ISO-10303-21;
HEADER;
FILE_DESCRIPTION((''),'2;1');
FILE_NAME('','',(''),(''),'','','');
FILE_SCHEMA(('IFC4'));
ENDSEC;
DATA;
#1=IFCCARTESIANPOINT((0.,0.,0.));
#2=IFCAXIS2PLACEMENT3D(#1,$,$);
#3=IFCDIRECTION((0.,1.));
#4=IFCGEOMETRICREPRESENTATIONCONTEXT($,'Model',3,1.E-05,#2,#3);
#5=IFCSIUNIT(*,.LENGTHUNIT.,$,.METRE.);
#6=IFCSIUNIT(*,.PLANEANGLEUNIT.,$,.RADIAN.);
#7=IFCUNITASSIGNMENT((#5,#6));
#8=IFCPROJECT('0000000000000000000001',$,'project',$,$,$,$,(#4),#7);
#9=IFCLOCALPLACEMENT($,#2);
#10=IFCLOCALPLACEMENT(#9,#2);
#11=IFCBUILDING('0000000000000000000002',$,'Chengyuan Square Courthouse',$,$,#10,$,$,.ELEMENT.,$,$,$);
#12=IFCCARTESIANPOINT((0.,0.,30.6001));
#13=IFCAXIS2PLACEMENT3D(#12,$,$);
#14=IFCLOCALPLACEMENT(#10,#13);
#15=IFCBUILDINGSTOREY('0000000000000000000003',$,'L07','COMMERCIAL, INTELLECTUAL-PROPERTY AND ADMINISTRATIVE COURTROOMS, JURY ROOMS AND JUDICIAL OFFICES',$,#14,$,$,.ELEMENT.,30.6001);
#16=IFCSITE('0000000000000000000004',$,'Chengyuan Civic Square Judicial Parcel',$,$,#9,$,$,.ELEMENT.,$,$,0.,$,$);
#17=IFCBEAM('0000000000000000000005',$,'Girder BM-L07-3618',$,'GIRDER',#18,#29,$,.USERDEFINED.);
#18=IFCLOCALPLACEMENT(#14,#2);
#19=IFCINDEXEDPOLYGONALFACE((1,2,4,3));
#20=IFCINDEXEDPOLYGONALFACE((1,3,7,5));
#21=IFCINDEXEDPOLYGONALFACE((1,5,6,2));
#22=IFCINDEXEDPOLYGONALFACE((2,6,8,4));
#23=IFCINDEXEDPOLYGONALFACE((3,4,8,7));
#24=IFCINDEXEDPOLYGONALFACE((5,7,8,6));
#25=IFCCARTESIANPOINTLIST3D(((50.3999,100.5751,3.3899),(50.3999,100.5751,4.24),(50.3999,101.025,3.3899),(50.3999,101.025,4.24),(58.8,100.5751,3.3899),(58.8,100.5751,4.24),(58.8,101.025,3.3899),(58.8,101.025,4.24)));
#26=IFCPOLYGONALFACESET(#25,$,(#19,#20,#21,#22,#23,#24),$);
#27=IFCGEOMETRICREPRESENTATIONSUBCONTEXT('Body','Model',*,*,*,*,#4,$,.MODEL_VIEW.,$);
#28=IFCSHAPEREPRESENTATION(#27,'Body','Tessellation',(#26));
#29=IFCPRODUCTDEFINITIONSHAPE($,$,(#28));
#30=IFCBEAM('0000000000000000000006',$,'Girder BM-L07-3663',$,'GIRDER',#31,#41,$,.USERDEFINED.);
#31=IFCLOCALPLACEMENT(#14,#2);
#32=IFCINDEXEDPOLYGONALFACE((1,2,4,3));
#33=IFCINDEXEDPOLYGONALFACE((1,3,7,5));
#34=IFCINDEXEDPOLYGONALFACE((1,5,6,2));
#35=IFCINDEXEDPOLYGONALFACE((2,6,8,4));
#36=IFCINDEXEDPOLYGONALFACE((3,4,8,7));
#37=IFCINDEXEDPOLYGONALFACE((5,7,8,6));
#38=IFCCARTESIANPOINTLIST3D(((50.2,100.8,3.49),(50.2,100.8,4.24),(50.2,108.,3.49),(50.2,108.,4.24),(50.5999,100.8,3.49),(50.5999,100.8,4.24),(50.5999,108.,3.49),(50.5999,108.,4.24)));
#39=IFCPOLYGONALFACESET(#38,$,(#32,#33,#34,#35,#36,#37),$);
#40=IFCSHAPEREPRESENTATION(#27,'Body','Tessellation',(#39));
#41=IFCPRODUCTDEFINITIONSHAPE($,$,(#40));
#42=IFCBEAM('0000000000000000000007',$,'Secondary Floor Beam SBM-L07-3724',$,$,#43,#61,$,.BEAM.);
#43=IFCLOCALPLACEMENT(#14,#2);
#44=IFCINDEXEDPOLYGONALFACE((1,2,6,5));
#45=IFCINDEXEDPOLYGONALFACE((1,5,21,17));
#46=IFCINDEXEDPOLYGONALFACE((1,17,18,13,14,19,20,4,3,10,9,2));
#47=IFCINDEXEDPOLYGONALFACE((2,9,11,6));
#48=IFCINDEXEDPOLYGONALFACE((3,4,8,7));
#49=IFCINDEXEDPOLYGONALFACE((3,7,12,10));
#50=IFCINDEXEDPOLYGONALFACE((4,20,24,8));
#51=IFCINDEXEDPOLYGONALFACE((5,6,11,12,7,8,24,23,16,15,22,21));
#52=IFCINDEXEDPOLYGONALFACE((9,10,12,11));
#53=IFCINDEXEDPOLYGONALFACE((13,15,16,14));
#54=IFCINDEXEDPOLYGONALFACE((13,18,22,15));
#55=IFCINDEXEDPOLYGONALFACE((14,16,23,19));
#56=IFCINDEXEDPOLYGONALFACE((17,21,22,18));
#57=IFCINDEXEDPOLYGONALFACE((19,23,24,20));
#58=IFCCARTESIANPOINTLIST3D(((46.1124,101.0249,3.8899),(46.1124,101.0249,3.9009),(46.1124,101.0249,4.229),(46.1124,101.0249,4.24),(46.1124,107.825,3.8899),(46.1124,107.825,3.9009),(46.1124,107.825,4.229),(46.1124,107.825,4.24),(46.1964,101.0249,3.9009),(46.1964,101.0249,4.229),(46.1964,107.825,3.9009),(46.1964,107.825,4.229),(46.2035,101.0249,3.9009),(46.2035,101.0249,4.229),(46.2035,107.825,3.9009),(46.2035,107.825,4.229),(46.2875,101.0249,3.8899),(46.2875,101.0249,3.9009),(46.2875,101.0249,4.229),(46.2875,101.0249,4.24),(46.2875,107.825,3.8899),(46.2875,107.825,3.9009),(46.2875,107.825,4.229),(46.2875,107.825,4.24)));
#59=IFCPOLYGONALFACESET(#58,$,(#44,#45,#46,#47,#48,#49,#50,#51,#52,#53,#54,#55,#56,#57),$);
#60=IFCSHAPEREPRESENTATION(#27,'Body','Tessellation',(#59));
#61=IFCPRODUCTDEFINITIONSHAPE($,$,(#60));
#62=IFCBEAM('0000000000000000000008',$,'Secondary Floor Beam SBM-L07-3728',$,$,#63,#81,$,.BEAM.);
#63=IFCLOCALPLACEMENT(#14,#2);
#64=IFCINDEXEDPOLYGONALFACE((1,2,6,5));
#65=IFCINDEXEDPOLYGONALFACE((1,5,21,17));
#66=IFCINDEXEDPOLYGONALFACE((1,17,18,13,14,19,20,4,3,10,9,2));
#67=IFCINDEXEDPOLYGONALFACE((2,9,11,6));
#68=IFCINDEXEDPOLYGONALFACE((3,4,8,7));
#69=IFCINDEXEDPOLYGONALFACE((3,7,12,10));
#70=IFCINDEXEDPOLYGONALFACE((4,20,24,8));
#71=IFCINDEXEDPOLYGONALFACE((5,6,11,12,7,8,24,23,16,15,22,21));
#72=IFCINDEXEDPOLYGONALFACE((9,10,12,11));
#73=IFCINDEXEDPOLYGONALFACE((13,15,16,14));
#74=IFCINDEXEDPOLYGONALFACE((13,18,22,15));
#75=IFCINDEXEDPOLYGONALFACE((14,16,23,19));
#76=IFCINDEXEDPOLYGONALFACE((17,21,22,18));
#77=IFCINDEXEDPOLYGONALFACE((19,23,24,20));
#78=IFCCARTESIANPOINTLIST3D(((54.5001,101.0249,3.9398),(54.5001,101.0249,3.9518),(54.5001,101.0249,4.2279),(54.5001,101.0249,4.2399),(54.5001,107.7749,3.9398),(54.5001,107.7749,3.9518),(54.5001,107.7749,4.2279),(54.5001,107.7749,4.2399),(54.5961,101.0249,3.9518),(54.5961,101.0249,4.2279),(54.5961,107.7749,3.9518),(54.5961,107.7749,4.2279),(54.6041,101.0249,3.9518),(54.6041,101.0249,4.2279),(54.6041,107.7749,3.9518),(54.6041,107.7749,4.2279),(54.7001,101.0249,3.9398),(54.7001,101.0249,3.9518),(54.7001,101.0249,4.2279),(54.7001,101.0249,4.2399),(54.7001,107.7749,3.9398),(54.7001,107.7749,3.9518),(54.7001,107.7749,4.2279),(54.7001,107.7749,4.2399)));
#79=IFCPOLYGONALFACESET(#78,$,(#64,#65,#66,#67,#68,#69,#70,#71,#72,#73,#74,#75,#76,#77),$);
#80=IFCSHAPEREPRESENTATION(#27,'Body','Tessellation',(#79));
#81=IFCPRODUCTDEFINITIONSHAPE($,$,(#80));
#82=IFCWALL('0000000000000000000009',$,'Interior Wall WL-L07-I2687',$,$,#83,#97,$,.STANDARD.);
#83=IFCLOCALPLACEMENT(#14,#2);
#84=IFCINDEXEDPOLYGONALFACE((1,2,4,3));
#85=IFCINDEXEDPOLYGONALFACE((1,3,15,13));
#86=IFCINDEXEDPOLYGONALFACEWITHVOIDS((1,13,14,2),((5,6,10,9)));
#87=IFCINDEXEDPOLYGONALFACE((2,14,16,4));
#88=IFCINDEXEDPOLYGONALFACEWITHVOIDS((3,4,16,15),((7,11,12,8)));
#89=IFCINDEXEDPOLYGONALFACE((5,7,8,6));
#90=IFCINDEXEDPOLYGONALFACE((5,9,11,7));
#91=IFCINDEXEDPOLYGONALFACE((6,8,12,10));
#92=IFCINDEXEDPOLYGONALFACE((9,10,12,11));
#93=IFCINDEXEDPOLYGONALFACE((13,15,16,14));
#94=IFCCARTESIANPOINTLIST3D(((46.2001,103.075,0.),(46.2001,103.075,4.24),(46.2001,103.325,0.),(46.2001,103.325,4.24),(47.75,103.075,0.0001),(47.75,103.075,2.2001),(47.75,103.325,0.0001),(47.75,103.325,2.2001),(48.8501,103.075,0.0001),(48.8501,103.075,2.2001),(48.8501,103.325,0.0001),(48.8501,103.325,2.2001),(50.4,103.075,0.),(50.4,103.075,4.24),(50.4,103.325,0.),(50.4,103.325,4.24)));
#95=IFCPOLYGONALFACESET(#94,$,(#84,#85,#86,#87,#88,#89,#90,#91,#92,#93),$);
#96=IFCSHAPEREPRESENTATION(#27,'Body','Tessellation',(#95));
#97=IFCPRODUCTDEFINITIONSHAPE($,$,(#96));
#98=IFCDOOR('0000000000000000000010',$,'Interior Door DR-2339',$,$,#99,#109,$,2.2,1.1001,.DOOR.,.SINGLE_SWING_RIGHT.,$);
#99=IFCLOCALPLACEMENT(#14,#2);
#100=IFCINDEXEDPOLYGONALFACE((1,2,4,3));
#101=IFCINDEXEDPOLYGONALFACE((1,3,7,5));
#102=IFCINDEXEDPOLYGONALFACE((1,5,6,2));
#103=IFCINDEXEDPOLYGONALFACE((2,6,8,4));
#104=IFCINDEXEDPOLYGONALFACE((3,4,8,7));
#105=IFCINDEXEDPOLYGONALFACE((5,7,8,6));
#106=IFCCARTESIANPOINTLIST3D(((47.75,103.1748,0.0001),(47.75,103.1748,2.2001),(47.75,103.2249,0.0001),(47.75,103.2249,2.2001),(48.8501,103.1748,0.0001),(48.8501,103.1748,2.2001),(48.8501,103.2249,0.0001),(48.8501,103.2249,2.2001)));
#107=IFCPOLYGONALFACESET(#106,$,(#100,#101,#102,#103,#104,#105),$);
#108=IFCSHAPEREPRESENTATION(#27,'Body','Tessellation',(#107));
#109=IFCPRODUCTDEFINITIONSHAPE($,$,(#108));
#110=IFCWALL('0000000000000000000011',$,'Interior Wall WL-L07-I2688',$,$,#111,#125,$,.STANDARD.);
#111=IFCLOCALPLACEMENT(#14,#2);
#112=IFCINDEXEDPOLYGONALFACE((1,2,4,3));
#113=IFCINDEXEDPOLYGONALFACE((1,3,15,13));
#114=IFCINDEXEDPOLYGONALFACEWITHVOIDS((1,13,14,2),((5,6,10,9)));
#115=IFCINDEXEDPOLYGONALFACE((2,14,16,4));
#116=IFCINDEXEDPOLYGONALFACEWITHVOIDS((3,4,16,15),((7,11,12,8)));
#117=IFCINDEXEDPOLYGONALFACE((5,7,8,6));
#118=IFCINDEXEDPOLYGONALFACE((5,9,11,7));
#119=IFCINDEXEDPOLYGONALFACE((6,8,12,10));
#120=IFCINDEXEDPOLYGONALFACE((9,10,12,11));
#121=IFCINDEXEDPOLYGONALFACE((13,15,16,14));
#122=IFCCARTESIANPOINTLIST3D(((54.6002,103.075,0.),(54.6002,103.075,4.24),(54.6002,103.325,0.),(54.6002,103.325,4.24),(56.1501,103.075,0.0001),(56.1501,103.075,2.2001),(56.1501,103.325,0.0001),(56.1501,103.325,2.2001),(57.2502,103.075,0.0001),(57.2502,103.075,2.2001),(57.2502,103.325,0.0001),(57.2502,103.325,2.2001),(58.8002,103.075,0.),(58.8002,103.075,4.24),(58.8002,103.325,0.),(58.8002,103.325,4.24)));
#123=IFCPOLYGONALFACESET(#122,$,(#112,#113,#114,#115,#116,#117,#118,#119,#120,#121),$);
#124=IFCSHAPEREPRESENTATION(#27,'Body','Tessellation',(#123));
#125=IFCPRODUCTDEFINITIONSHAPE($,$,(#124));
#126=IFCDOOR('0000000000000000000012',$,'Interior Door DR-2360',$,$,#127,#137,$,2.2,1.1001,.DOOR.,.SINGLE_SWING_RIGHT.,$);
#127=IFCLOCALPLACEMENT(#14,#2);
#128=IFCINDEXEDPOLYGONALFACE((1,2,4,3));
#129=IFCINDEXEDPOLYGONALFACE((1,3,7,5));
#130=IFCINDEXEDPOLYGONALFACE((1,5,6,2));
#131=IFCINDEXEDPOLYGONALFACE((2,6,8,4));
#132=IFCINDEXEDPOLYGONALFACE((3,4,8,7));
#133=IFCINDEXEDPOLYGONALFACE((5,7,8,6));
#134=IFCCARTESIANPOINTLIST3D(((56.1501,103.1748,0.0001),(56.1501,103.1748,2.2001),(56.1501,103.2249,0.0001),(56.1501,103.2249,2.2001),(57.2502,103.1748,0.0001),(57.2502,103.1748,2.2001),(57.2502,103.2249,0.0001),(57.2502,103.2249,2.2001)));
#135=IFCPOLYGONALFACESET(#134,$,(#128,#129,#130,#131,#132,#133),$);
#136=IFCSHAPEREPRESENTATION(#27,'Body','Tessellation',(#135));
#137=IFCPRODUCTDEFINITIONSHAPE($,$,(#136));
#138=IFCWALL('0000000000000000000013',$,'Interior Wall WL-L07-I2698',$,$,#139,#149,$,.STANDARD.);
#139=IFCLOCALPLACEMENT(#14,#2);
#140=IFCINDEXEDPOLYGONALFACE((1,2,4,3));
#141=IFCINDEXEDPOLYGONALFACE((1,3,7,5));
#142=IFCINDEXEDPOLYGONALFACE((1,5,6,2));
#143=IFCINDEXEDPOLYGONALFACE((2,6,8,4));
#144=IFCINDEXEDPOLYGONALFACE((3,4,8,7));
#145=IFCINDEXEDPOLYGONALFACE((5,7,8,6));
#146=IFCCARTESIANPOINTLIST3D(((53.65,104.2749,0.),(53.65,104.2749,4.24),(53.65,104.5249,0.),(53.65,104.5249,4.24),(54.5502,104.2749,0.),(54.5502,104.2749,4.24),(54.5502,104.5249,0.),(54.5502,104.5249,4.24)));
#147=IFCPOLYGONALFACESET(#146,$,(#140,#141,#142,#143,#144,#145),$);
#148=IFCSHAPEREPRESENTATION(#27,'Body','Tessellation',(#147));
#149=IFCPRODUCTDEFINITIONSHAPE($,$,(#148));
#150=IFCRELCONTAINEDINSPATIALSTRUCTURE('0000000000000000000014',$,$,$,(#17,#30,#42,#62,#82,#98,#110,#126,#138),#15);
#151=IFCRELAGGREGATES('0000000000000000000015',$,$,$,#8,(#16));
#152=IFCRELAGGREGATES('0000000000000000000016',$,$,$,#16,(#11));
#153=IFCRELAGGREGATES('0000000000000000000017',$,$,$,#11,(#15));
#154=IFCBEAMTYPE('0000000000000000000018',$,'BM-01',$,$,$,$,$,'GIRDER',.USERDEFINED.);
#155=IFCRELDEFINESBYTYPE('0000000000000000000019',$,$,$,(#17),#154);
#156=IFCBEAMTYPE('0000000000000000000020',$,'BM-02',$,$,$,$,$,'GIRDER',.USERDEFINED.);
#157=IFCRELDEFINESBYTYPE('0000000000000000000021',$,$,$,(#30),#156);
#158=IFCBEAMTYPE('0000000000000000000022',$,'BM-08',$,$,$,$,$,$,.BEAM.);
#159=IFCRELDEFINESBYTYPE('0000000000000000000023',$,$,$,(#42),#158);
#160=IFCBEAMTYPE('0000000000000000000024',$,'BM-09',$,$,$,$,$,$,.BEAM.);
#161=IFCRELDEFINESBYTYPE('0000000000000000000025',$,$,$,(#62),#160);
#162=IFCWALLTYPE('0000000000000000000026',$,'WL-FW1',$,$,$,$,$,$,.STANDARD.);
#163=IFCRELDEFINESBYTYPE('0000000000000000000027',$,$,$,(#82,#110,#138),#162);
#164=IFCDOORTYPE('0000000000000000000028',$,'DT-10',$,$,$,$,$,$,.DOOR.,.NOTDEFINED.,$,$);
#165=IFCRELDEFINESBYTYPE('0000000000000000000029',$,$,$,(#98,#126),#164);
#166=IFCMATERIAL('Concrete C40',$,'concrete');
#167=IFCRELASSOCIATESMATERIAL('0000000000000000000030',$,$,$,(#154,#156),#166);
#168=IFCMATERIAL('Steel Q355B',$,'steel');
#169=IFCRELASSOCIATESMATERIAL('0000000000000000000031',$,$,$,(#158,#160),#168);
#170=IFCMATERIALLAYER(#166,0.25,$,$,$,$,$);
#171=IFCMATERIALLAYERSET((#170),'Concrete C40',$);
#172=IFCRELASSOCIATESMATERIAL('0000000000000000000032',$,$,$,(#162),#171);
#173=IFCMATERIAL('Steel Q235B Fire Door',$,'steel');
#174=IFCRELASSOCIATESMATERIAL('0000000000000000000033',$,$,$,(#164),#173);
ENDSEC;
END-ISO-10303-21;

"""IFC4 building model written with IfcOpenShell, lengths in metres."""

from ifc_helpers import new_model, si_unit, direction, frame, frame_2d, origin, origin_2d, place, context, subcontext, project, spatial, rectangle, i_section, extrude, material, layer, layer_set, material_profile, profile_set, type_object, element, fill, save


model = new_model("IFC4")

# Units and contexts
model_context = context("Model", 3, precision=1e-05, world=origin(), true_north=direction((0.0, 1.0)))
body_context = subcontext(model_context, "Body", "Model", "MODEL_VIEW")
ifc_project = project(units=[si_unit("LENGTHUNIT", "METRE"), si_unit("PLANEANGLEUNIT", "RADIAN")], contexts=[model_context])

# Site, building, storey
site_placement = place(None, origin())
site = spatial("IfcSite", under=ifc_project, at=site_placement, Name="Chengyuan Civic Square Judicial Parcel", CompositionType="ELEMENT", RefElevation=0.0)
building_placement = place(site_placement, origin())
building = spatial("IfcBuilding", under=site, at=building_placement, Name="Chengyuan Square Courthouse", CompositionType="ELEMENT")
storey_placement = place(building_placement, frame((0.0, 0.0, 30.6001)))
storey = spatial("IfcBuildingStorey", under=building, at=storey_placement, Name="L07", Description="COMMERCIAL, INTELLECTUAL-PROPERTY AND ADMINISTRATIVE COURTROOMS, JURY ROOMS AND JUDICIAL OFFICES", CompositionType="ELEMENT", Elevation=30.6001)

# Beams
ifc_material_1 = material(Name="Concrete C40", Category="concrete")
ifc_material_profile_1 = material_profile(ifc_material_1, rectangle(XDim=0.45, YDim=0.8501, at=origin_2d()), Name="RC-BM-450x850")
ifc_profile_set_1 = profile_set([ifc_material_profile_1], Name="Concrete C40")
beam_type_1 = type_object("IfcBeamType", Name="BM-01", ElementType="GIRDER", PredefinedType="USERDEFINED", material=ifc_profile_set_1)
beam_1_placement = place(storey_placement, frame((50.3999, 100.8, 3.8149), z_axis=(1.0, 0.0, 0.0), x_axis=(0.0, 1.0, 0.0)))
element("IfcBeam", 1, at=beam_1_placement, inside=storey, type_object=beam_type_1, Name="Girder BM-L07-3618", ObjectType="GIRDER", PredefinedType="USERDEFINED", context=body_context, shape_type="SweptSolid", body=[
    extrude(rectangle(XDim=0.45, YDim=0.8501, at=origin_2d()), origin(), (0.0, 0.0, 1.0), 8.4001),
])
ifc_material_profile_2 = material_profile(ifc_material_1, rectangle(XDim=0.3999, YDim=0.75, at=origin_2d()), Name="RC-BM-400x750")
ifc_profile_set_2 = profile_set([ifc_material_profile_2], Name="Concrete C40")
beam_type_2 = type_object("IfcBeamType", Name="BM-02", ElementType="GIRDER", PredefinedType="USERDEFINED", material=ifc_profile_set_2)
beam_2_placement = place(storey_placement, frame((50.3999, 100.8, 3.865), z_axis=(0.0, 1.0, 0.0), x_axis=(-1.0, 0.0, 0.0)))
element("IfcBeam", 2, at=beam_2_placement, inside=storey, type_object=beam_type_2, Name="Girder BM-L07-3663", ObjectType="GIRDER", PredefinedType="USERDEFINED", context=body_context, shape_type="SweptSolid", body=[
    extrude(rectangle(XDim=0.3999, YDim=0.75, at=origin_2d()), origin(), (0.0, 0.0, 1.0), 7.2),
])
ifc_material_2 = material(Name="Steel Q355B", Category="steel")
ifc_material_profile_3 = material_profile(ifc_material_2, i_section(OverallWidth=0.175, OverallDepth=0.3501, WebThickness=0.0071, FlangeThickness=0.011, at=origin_2d()), Name="HN 350x175x7x11")
ifc_profile_set_3 = profile_set([ifc_material_profile_3], Name="Steel Q355B")
beam_type_3 = type_object("IfcBeamType", Name="BM-08", PredefinedType="BEAM", material=ifc_profile_set_3)
beam_3_placement = place(storey_placement, frame((46.2, 101.0249, 4.0649), z_axis=(0.0, 1.0, 0.0), x_axis=(-1.0, 0.0, 0.0)))
element("IfcBeam", 3, at=beam_3_placement, inside=storey, type_object=beam_type_3, Name="Secondary Floor Beam SBM-L07-3724", PredefinedType="BEAM", context=body_context, shape_type="SweptSolid", body=[
    extrude(i_section(OverallWidth=0.175, OverallDepth=0.3501, WebThickness=0.0071, FlangeThickness=0.011, at=origin_2d()), origin(), (0.0, 0.0, 1.0), 6.8),
])
ifc_material_profile_4 = material_profile(ifc_material_2, i_section(OverallWidth=0.2, OverallDepth=0.3, WebThickness=0.0081, FlangeThickness=0.012, at=origin_2d()), Name="HM 300x200x8x12")
ifc_profile_set_4 = profile_set([ifc_material_profile_4], Name="Steel Q355B")
beam_type_4 = type_object("IfcBeamType", Name="BM-09", PredefinedType="BEAM", material=ifc_profile_set_4)
beam_4_placement = place(storey_placement, frame((54.6001, 101.0249, 4.0898), z_axis=(0.0, 1.0, 0.0), x_axis=(-1.0, 0.0, 0.0)))
element("IfcBeam", 4, at=beam_4_placement, inside=storey, type_object=beam_type_4, Name="Secondary Floor Beam SBM-L07-3728", PredefinedType="BEAM", context=body_context, shape_type="SweptSolid", body=[
    extrude(i_section(OverallWidth=0.2, OverallDepth=0.3, WebThickness=0.0081, FlangeThickness=0.012, at=origin_2d()), origin(), (0.0, 0.0, 1.0), 6.75),
])

# Walls, openings, doors
ifc_layer_1 = layer(ifc_material_1, 0.25)
ifc_layer_set_1 = layer_set([ifc_layer_1], Name="Concrete C40")
wall_type_1 = type_object("IfcWallType", Name="WL-FW1", PredefinedType="STANDARD", material=ifc_layer_set_1)
ifc_material_3 = material(Name="Steel Q235B Fire Door", Category="steel")
wall_1_placement = place(storey_placement, frame((46.2, 103.2, 0.0), z_axis=(0.0, 0.0, 1.0), x_axis=(1.0, 0.0, 0.0)))
wall_1 = element("IfcWall", 5, at=wall_1_placement, inside=storey, type_object=wall_type_1, Name="Interior Wall WL-L07-I2687", PredefinedType="STANDARD", context=body_context, shape_type="SweptSolid", body=[
    extrude(rectangle(XDim=4.2, YDim=0.25, at=frame_2d((2.1001, 0.0))), origin(), (0.0, 0.0, 1.0), 4.24),
])
opening_1_placement = place(wall_1_placement, frame((1.55, 0.0, 0.0)))
opening_1 = element("IfcOpeningElement", 6, at=opening_1_placement, cuts=wall_1, PredefinedType="OPENING", context=body_context, shape_type="SweptSolid", body=[
    extrude(rectangle(XDim=1.1001, YDim=2.2, at=frame_2d((0.55, 1.1001))), frame((0.0, 0.137, 0.0), z_axis=(0.0, -1.0, 0.0), x_axis=(1.0, 0.0, 0.0)), (0.0, 0.0, 1.0), 0.2739),
])
door_type_1 = type_object("IfcDoorType", Name="DT-10", OperationType="NOTDEFINED", PredefinedType="DOOR", material=ifc_material_3)
door_1_placement = place(opening_1_placement, origin())
door_1 = element("IfcDoor", 7, at=door_1_placement, inside=storey, type_object=door_type_1, Name="Interior Door DR-2339", OperationType="SINGLE_SWING_RIGHT", OverallHeight=2.2, OverallWidth=1.1001, PredefinedType="DOOR", context=body_context, shape_type="SweptSolid", body=[
    extrude(rectangle(XDim=1.1001, YDim=2.2, at=frame_2d((0.55, 1.1001))), frame((0.0, 0.0249, 0.0), z_axis=(0.0, -1.0, 0.0), x_axis=(1.0, 0.0, 0.0)), (0.0, 0.0, 1.0), 0.05),
])
fill(opening_1, door_1)
wall_2_placement = place(storey_placement, frame((54.6001, 103.2, 0.0), z_axis=(0.0, 0.0, 1.0), x_axis=(1.0, 0.0, 0.0)))
wall_2 = element("IfcWall", 8, at=wall_2_placement, inside=storey, type_object=wall_type_1, Name="Interior Wall WL-L07-I2688", PredefinedType="STANDARD", context=body_context, shape_type="SweptSolid", body=[
    extrude(rectangle(XDim=4.2, YDim=0.25, at=frame_2d((2.1001, 0.0))), origin(), (0.0, 0.0, 1.0), 4.24),
])
opening_2_placement = place(wall_2_placement, frame((1.55, 0.0, 0.0)))
opening_2 = element("IfcOpeningElement", 9, at=opening_2_placement, cuts=wall_2, PredefinedType="OPENING", context=body_context, shape_type="SweptSolid", body=[
    extrude(rectangle(XDim=1.1001, YDim=2.2, at=frame_2d((0.55, 1.1001))), frame((0.0, 0.137, 0.0), z_axis=(0.0, -1.0, 0.0), x_axis=(1.0, 0.0, 0.0)), (0.0, 0.0, 1.0), 0.2739),
])
door_2_placement = place(opening_2_placement, origin())
door_2 = element("IfcDoor", 10, at=door_2_placement, inside=storey, type_object=door_type_1, Name="Interior Door DR-2360", OperationType="SINGLE_SWING_RIGHT", OverallHeight=2.2, OverallWidth=1.1001, PredefinedType="DOOR", context=body_context, shape_type="SweptSolid", body=[
    extrude(rectangle(XDim=1.1001, YDim=2.2, at=frame_2d((0.55, 1.1001))), frame((0.0, 0.0249, 0.0), z_axis=(0.0, -1.0, 0.0), x_axis=(1.0, 0.0, 0.0)), (0.0, 0.0, 1.0), 0.05),
])
fill(opening_2, door_2)

# Wall
wall_3_placement = place(storey_placement, frame((53.6499, 104.3999, 0.0), z_axis=(0.0, 0.0, 1.0), x_axis=(1.0, 0.0, 0.0)))
element("IfcWall", 11, at=wall_3_placement, inside=storey, type_object=wall_type_1, Name="Interior Wall WL-L07-I2698", PredefinedType="STANDARD", context=body_context, shape_type="SweptSolid", body=[
    extrude(rectangle(XDim=0.9001, YDim=0.25, at=frame_2d((0.4502, 0.0))), origin(), (0.0, 0.0, 1.0), 4.24),
])

save(model, "model.ifc")
